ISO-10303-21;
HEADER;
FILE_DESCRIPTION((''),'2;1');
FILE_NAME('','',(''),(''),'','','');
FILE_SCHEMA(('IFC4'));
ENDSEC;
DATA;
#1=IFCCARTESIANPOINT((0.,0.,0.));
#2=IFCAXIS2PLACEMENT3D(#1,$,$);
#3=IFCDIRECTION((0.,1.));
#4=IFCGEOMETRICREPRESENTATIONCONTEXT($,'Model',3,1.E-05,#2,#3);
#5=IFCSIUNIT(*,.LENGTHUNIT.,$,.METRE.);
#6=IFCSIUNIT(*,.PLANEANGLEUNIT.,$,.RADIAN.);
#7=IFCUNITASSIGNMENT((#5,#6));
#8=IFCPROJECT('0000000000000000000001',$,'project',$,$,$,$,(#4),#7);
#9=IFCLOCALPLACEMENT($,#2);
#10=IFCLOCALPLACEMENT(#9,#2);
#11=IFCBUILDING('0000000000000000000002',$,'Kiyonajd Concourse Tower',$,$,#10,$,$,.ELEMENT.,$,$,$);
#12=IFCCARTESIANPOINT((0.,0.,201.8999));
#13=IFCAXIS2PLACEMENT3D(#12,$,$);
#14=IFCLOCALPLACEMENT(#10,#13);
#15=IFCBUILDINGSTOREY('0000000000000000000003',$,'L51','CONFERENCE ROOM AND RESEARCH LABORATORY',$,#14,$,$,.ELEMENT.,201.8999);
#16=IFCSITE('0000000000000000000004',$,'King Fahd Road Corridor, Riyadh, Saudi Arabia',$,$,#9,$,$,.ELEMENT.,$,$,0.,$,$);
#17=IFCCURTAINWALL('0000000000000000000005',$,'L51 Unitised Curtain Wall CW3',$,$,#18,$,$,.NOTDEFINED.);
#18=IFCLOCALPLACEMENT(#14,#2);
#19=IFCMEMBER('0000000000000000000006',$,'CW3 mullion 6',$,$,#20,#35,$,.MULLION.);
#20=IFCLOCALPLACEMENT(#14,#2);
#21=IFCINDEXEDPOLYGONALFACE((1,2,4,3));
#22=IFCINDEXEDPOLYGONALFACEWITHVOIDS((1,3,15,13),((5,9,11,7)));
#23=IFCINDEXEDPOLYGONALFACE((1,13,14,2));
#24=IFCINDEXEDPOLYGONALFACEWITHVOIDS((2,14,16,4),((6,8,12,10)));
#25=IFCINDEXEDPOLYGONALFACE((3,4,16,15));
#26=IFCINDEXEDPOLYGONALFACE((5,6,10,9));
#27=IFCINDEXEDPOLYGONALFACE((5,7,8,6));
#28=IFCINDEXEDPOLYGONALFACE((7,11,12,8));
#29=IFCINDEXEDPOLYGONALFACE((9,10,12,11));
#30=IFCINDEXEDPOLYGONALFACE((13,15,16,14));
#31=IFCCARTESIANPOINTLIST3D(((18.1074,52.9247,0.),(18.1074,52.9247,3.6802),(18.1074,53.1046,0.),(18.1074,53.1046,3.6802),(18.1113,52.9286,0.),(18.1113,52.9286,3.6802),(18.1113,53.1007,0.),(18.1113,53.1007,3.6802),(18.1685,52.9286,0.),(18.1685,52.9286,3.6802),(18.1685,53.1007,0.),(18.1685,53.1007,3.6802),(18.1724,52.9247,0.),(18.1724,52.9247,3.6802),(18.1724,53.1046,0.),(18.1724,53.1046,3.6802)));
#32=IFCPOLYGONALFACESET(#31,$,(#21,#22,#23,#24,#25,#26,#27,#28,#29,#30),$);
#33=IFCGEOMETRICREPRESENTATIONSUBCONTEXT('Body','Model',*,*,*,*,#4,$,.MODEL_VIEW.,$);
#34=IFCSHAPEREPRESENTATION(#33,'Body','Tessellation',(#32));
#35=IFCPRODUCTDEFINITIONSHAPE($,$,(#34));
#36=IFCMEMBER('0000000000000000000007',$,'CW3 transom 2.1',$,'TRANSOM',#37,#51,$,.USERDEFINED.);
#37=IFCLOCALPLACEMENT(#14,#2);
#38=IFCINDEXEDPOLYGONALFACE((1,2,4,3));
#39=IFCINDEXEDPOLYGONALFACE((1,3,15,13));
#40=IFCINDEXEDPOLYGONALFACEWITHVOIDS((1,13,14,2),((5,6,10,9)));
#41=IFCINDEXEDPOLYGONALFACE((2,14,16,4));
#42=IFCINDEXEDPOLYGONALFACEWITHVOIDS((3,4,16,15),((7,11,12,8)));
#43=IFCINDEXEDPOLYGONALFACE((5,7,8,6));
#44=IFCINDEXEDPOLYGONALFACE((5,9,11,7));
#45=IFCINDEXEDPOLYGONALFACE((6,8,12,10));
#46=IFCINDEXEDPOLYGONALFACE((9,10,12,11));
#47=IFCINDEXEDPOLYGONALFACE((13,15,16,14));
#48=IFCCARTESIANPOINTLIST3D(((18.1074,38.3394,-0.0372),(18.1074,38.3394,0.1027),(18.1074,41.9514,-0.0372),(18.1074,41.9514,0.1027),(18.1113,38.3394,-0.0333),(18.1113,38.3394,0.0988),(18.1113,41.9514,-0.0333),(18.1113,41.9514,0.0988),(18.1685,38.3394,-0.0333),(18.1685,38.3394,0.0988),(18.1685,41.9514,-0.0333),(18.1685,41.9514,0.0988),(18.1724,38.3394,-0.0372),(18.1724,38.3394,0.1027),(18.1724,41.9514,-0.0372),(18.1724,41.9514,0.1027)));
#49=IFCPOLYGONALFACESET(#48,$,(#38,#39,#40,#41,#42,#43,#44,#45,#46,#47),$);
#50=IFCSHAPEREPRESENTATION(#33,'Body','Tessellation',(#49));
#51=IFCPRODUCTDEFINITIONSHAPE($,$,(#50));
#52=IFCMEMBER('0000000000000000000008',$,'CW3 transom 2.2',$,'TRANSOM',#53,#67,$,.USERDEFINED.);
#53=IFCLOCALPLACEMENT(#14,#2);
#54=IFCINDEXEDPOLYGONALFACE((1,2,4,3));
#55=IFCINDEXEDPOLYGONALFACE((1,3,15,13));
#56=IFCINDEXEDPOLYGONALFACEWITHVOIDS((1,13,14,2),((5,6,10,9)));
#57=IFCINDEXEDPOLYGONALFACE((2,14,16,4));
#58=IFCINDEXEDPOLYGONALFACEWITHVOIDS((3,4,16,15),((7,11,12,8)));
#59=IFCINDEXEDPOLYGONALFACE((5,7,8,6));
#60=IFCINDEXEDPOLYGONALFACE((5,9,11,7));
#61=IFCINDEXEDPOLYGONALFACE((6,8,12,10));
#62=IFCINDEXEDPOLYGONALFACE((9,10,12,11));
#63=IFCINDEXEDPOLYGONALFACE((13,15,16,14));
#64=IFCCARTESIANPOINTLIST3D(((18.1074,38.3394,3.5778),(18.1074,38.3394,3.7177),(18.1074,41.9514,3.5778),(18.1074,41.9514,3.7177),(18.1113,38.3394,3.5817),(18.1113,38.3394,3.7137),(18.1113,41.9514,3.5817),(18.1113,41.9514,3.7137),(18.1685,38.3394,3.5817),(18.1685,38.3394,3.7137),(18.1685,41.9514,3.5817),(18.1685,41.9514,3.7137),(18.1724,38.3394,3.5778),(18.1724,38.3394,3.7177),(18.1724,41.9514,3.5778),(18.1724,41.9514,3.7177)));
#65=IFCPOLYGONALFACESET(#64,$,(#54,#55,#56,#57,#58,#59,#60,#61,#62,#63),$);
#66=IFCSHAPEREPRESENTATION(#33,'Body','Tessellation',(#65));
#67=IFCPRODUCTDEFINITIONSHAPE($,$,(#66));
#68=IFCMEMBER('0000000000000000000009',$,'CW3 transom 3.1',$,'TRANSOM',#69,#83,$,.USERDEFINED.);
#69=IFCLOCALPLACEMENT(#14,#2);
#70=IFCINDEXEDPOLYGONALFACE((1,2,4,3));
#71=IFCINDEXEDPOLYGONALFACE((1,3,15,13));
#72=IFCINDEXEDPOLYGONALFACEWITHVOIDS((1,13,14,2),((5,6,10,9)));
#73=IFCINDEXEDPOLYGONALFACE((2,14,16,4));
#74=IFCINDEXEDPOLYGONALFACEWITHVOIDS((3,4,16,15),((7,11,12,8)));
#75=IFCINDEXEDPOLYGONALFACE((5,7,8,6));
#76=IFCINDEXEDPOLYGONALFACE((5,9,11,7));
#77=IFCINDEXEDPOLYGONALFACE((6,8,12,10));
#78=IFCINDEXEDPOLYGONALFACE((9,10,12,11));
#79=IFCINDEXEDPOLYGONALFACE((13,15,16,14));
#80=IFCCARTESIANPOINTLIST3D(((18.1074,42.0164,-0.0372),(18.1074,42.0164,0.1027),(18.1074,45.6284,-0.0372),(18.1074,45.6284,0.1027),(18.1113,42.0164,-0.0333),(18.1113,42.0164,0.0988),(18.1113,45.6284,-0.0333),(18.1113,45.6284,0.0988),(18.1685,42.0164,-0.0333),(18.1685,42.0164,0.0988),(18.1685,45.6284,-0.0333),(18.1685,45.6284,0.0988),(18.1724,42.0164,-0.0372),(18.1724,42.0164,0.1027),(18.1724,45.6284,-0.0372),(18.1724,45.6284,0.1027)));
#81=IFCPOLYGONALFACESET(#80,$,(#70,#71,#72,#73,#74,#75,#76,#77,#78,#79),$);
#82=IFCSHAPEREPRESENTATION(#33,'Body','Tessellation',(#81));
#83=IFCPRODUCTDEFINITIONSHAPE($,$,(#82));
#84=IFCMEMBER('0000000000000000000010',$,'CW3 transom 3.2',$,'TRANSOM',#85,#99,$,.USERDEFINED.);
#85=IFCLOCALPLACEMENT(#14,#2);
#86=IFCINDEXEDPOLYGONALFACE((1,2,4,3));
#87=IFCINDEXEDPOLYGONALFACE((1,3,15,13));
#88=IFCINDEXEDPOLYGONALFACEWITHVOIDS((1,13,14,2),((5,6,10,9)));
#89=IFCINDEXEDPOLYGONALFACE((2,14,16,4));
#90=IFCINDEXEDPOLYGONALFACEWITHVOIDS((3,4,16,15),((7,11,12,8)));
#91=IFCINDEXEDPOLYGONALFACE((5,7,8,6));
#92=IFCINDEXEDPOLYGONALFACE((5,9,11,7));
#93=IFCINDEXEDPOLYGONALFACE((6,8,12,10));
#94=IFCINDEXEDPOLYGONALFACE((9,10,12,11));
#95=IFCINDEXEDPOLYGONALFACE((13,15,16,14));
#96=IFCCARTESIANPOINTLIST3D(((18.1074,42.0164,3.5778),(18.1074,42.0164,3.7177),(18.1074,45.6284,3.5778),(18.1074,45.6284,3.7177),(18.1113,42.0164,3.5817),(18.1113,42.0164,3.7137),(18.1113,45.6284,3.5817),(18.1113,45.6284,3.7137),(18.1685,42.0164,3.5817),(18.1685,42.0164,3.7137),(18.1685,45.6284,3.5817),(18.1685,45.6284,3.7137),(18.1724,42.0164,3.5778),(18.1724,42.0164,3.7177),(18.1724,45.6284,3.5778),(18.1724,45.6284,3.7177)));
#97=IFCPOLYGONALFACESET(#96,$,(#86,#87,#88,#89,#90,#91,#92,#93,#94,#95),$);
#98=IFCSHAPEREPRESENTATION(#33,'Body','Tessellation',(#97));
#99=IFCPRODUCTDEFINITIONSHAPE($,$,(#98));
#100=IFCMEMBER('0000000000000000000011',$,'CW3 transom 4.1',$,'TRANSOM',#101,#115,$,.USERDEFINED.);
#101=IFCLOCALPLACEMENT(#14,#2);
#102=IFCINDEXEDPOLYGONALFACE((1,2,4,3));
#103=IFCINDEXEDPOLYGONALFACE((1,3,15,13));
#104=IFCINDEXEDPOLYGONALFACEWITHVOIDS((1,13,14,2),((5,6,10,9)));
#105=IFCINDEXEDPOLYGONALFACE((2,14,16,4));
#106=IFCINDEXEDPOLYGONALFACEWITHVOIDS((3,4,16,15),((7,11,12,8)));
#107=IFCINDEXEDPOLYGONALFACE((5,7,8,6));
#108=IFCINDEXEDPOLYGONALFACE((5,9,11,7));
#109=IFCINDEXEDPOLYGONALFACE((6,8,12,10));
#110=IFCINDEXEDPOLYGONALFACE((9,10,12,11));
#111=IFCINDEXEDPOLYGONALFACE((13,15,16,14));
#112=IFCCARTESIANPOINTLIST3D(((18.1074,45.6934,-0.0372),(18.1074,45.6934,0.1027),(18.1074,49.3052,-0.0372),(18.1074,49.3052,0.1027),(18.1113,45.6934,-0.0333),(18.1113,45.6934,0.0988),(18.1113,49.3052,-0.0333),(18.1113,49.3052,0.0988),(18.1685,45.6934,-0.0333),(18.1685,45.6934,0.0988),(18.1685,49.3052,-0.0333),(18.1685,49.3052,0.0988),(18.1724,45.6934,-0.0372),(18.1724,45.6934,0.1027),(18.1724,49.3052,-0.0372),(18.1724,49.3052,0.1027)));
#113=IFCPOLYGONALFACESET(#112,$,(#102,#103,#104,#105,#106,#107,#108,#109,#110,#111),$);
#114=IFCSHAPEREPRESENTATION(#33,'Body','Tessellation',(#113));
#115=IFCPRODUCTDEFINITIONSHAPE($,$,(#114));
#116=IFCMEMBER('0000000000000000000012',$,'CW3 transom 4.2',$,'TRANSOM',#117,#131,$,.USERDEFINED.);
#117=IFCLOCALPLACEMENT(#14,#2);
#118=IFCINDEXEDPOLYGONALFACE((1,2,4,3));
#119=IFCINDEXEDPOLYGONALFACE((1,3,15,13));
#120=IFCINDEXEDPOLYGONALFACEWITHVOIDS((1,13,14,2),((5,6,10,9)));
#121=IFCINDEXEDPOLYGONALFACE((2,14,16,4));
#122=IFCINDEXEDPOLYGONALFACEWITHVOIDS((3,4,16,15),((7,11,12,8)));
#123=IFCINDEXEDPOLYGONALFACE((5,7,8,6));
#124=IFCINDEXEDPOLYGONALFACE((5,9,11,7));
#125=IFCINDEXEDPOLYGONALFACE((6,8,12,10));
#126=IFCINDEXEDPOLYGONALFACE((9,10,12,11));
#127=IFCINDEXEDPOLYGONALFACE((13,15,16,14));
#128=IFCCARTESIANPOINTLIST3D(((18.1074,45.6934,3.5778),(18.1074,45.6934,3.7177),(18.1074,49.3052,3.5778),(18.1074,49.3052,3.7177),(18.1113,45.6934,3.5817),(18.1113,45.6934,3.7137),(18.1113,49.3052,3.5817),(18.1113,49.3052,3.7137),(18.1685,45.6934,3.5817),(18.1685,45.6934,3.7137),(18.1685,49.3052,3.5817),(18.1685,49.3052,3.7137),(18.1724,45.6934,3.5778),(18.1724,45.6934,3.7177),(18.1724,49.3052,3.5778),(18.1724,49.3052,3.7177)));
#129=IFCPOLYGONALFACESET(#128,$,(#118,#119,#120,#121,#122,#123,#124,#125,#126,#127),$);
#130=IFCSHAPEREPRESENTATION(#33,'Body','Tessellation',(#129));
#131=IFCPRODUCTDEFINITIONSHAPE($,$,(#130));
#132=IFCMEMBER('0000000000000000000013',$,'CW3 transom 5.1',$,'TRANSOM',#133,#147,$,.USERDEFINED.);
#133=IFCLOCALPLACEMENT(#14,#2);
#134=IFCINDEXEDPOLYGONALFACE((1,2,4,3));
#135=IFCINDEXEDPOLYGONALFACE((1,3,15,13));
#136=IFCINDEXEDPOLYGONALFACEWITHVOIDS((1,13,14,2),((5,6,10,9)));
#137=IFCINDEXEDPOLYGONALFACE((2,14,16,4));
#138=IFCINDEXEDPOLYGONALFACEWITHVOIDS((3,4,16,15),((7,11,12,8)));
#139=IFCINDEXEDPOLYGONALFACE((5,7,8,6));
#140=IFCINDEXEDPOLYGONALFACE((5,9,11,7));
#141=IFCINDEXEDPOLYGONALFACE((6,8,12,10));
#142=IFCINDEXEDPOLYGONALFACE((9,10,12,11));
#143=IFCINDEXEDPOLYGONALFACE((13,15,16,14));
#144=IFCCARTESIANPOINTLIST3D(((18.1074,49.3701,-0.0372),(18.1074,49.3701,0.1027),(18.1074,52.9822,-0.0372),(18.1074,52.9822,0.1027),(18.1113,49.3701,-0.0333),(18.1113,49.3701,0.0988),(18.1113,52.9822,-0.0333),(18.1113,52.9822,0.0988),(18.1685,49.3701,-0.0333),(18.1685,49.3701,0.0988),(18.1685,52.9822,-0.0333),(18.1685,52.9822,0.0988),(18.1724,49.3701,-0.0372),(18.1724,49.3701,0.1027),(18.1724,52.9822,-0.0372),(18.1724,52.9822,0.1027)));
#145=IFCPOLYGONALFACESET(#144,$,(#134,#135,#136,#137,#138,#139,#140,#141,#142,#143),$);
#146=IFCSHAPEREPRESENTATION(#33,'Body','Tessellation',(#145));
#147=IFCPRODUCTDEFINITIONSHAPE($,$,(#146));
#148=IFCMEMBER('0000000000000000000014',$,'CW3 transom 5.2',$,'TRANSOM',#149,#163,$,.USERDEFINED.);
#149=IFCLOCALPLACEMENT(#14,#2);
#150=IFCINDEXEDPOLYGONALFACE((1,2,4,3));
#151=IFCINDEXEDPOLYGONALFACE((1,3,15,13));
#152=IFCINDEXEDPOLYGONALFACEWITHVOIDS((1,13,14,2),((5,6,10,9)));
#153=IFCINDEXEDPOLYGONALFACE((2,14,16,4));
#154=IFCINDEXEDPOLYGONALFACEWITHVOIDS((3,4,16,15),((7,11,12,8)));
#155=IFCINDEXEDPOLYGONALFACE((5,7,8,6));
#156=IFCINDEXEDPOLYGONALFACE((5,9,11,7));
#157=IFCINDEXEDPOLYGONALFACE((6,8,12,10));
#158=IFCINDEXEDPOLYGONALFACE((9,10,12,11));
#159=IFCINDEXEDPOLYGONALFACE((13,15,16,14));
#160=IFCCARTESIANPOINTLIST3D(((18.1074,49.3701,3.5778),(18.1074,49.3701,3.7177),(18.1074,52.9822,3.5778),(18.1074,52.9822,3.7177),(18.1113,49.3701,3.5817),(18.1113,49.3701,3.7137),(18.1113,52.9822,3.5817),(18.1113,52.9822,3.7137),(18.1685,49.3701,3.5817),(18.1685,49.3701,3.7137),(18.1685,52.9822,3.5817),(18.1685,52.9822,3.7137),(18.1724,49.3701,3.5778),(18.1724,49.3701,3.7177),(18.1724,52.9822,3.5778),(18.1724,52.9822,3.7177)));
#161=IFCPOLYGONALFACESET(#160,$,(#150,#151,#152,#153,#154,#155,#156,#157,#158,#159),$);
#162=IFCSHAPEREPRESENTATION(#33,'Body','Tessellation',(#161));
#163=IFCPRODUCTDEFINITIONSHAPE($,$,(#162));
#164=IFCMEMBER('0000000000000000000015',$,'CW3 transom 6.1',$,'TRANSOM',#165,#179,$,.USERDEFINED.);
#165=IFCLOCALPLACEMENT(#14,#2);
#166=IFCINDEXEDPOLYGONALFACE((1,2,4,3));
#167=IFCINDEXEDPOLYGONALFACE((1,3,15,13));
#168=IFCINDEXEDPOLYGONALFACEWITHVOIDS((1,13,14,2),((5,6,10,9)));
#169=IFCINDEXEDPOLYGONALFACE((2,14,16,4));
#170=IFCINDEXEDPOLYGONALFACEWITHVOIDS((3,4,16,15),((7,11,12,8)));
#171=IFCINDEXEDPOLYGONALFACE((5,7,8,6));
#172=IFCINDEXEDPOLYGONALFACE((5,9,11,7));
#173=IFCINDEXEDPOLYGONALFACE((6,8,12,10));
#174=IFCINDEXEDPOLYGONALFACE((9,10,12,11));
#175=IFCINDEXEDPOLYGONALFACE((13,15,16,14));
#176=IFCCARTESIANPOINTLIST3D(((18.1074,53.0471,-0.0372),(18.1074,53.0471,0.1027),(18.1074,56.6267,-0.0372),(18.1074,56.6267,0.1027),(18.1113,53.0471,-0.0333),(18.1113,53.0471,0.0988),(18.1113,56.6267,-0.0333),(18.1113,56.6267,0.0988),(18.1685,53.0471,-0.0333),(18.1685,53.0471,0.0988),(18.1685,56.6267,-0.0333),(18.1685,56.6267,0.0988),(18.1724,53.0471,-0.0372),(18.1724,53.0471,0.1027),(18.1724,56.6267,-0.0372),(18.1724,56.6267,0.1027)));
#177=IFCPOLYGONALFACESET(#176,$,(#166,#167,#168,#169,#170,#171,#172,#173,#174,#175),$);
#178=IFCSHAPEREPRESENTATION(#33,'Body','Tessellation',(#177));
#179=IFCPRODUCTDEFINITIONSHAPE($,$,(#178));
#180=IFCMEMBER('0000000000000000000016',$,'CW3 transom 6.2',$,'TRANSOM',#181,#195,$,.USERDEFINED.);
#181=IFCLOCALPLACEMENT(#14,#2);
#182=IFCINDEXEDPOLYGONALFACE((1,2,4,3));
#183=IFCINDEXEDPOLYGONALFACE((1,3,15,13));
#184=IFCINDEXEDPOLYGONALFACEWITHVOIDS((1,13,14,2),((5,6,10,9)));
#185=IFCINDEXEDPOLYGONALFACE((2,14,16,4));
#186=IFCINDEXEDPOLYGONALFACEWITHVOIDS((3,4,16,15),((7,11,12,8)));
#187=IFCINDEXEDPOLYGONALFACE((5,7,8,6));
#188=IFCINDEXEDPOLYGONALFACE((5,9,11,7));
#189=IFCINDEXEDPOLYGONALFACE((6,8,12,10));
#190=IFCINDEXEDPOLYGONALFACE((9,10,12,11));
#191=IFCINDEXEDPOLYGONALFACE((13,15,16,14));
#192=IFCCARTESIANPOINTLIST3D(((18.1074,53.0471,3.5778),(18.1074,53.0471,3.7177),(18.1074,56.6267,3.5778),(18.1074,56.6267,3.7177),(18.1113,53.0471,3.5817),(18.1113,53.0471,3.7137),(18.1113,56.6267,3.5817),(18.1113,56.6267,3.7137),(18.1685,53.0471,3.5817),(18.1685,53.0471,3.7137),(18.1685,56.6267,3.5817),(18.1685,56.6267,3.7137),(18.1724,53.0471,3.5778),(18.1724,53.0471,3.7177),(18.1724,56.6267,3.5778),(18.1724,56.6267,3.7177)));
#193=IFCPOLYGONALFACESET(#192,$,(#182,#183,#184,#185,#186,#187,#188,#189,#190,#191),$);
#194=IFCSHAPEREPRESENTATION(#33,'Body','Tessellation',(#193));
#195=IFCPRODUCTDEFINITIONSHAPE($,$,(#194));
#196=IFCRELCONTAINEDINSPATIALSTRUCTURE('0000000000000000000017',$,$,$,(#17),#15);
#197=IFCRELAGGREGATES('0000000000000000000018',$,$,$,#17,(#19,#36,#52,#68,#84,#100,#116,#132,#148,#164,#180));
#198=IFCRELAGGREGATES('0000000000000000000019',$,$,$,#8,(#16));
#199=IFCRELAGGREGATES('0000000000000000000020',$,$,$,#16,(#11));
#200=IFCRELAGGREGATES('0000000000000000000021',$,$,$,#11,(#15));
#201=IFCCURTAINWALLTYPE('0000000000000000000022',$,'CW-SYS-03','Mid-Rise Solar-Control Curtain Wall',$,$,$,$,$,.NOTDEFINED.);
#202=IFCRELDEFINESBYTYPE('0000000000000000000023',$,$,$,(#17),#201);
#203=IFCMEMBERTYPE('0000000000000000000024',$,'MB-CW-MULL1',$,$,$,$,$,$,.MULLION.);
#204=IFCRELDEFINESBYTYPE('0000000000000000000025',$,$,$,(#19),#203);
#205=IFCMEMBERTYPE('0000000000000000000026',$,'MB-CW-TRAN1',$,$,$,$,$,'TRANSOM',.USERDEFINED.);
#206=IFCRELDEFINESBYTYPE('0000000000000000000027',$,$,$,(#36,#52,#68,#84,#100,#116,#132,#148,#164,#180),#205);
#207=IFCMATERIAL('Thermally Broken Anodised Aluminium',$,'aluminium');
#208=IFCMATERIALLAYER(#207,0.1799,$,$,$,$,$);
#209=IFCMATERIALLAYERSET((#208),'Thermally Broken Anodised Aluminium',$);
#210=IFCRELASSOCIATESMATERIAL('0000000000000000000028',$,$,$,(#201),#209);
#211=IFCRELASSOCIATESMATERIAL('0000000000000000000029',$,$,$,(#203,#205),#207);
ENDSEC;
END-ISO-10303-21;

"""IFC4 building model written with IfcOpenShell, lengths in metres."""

from ifc_helpers import new_model, si_unit, direction, frame, origin, origin_2d, place, context, subcontext, project, spatial, hollow_rectangle, extrude, material, layer, layer_set, material_profile, profile_set, type_object, element, aggregate, save


model = new_model("IFC4")

# Units and contexts
model_context = context("Model", 3, precision=1e-05, world=origin(), true_north=direction((0.0, 1.0)))
body_context = subcontext(model_context, "Body", "Model", "MODEL_VIEW")
ifc_project = project(units=[si_unit("LENGTHUNIT", "METRE"), si_unit("PLANEANGLEUNIT", "RADIAN")], contexts=[model_context])

# Site, building, storey
site_placement = place(None, origin())
site = spatial("IfcSite", under=ifc_project, at=site_placement, Name="King Fahd Road Corridor, Riyadh, Saudi Arabia", CompositionType="ELEMENT", RefElevation=0.0)
building_placement = place(site_placement, origin())
building = spatial("IfcBuilding", under=site, at=building_placement, Name="Kiyonajd Concourse Tower", CompositionType="ELEMENT")
storey_placement = place(building_placement, frame((0.0, 0.0, 201.8999)))
storey = spatial("IfcBuildingStorey", under=building, at=storey_placement, Name="L51", Description="CONFERENCE ROOM AND RESEARCH LABORATORY", CompositionType="ELEMENT", Elevation=201.8999)

# Curtain wall, members
ifc_material_1 = material(Name="Thermally Broken Anodised Aluminium", Category="aluminium")
ifc_layer_1 = layer(ifc_material_1, 0.1799)
ifc_layer_set_1 = layer_set([ifc_layer_1], Name="Thermally Broken Anodised Aluminium")
curtain_wall_type = type_object("IfcCurtainWallType", Name="CW-SYS-03", Description="Mid-Rise Solar-Control Curtain Wall", PredefinedType="NOTDEFINED", material=ifc_layer_set_1)
curtain_wall_placement = place(storey_placement, origin())
curtain_wall = element("IfcCurtainWall", 1, at=curtain_wall_placement, inside=storey, type_object=curtain_wall_type, Name="L51 Unitised Curtain Wall CW3", PredefinedType="NOTDEFINED")
ifc_material_profile_1 = material_profile(ifc_material_1, hollow_rectangle(XDim=0.0649, YDim=0.1799, WallThickness=0.0039, at=origin_2d()), Name="MULL-65x180")
ifc_profile_set_1 = profile_set([ifc_material_profile_1], Name="Thermally Broken Anodised Aluminium")
member_type_1 = type_object("IfcMemberType", Name="MB-CW-MULL1", PredefinedType="MULLION", material=ifc_profile_set_1)
member_1_placement = place(storey_placement, frame((18.1399, 53.0146, 0.0), z_axis=(0.0, 0.0, 1.0), x_axis=(-1.0, 0.0, 0.0)))
member_1 = element("IfcMember", 2, at=member_1_placement, type_object=member_type_1, Name="CW3 mullion 6", PredefinedType="MULLION", context=body_context, shape_type="SweptSolid", body=[
    extrude(hollow_rectangle(XDim=0.0649, YDim=0.1799, WallThickness=0.0039, at=origin_2d()), origin(), (0.0, 0.0, 1.0), 3.6802),
])
ifc_material_profile_2 = material_profile(ifc_material_1, hollow_rectangle(XDim=0.0649, YDim=0.1399, WallThickness=0.0039, at=origin_2d()), Name="TRAN-65x140")
ifc_profile_set_2 = profile_set([ifc_material_profile_2], Name="Thermally Broken Anodised Aluminium")
member_type_2 = type_object("IfcMemberType", Name="MB-CW-TRAN1", ElementType="TRANSOM", PredefinedType="USERDEFINED", material=ifc_profile_set_2)
member_2_placement = place(storey_placement, frame((18.1399, 38.3394, 0.0327), z_axis=(0.0, 1.0, 0.0), x_axis=(-1.0, 0.0, 0.0)))
member_2 = element("IfcMember", 3, at=member_2_placement, type_object=member_type_2, Name="CW3 transom 2.1", ObjectType="TRANSOM", PredefinedType="USERDEFINED", context=body_context, shape_type="SweptSolid", body=[
    extrude(hollow_rectangle(XDim=0.0649, YDim=0.1399, WallThickness=0.0039, at=origin_2d()), origin(), (0.0, 0.0, 1.0), 3.6121),
])
member_3_placement = place(storey_placement, frame((18.1399, 38.3394, 3.6477), z_axis=(0.0, 1.0, 0.0), x_axis=(-1.0, 0.0, 0.0)))
member_3 = element("IfcMember", 4, at=member_3_placement, type_object=member_type_2, Name="CW3 transom 2.2", ObjectType="TRANSOM", PredefinedType="USERDEFINED", context=body_context, shape_type="SweptSolid", body=[
    extrude(hollow_rectangle(XDim=0.0649, YDim=0.1399, WallThickness=0.0039, at=origin_2d()), origin(), (0.0, 0.0, 1.0), 3.6121),
])
member_4_placement = place(storey_placement, frame((18.1399, 42.0164, 0.0327), z_axis=(0.0, 1.0, 0.0), x_axis=(-1.0, 0.0, 0.0)))
member_4 = element("IfcMember", 5, at=member_4_placement, type_object=member_type_2, Name="CW3 transom 3.1", ObjectType="TRANSOM", PredefinedType="USERDEFINED", context=body_context, shape_type="SweptSolid", body=[
    extrude(hollow_rectangle(XDim=0.0649, YDim=0.1399, WallThickness=0.0039, at=origin_2d()), origin(), (0.0, 0.0, 1.0), 3.6121),
])
member_5_placement = place(storey_placement, frame((18.1399, 42.0164, 3.6477), z_axis=(0.0, 1.0, 0.0), x_axis=(-1.0, 0.0, 0.0)))
member_5 = element("IfcMember", 6, at=member_5_placement, type_object=member_type_2, Name="CW3 transom 3.2", ObjectType="TRANSOM", PredefinedType="USERDEFINED", context=body_context, shape_type="SweptSolid", body=[
    extrude(hollow_rectangle(XDim=0.0649, YDim=0.1399, WallThickness=0.0039, at=origin_2d()), origin(), (0.0, 0.0, 1.0), 3.6121),
])
member_6_placement = place(storey_placement, frame((18.1399, 45.6934, 0.0327), z_axis=(0.0, 1.0, 0.0), x_axis=(-1.0, 0.0, 0.0)))
member_6 = element("IfcMember", 7, at=member_6_placement, type_object=member_type_2, Name="CW3 transom 4.1", ObjectType="TRANSOM", PredefinedType="USERDEFINED", context=body_context, shape_type="SweptSolid", body=[
    extrude(hollow_rectangle(XDim=0.0649, YDim=0.1399, WallThickness=0.0039, at=origin_2d()), origin(), (0.0, 0.0, 1.0), 3.6118),
])
member_7_placement = place(storey_placement, frame((18.1399, 45.6934, 3.6477), z_axis=(0.0, 1.0, 0.0), x_axis=(-1.0, 0.0, 0.0)))
member_7 = element("IfcMember", 8, at=member_7_placement, type_object=member_type_2, Name="CW3 transom 4.2", ObjectType="TRANSOM", PredefinedType="USERDEFINED", context=body_context, shape_type="SweptSolid", body=[
    extrude(hollow_rectangle(XDim=0.0649, YDim=0.1399, WallThickness=0.0039, at=origin_2d()), origin(), (0.0, 0.0, 1.0), 3.6118),
])
member_8_placement = place(storey_placement, frame((18.1399, 49.3701, 0.0327), z_axis=(0.0, 1.0, 0.0), x_axis=(-1.0, 0.0, 0.0)))
member_8 = element("IfcMember", 9, at=member_8_placement, type_object=member_type_2, Name="CW3 transom 5.1", ObjectType="TRANSOM", PredefinedType="USERDEFINED", context=body_context, shape_type="SweptSolid", body=[
    extrude(hollow_rectangle(XDim=0.0649, YDim=0.1399, WallThickness=0.0039, at=origin_2d()), origin(), (0.0, 0.0, 1.0), 3.6121),
])
member_9_placement = place(storey_placement, frame((18.1399, 49.3701, 3.6477), z_axis=(0.0, 1.0, 0.0), x_axis=(-1.0, 0.0, 0.0)))
member_9 = element("IfcMember", 10, at=member_9_placement, type_object=member_type_2, Name="CW3 transom 5.2", ObjectType="TRANSOM", PredefinedType="USERDEFINED", context=body_context, shape_type="SweptSolid", body=[
    extrude(hollow_rectangle(XDim=0.0649, YDim=0.1399, WallThickness=0.0039, at=origin_2d()), origin(), (0.0, 0.0, 1.0), 3.6121),
])
member_10_placement = place(storey_placement, frame((18.1399, 53.0471, 0.0327), z_axis=(0.0, 1.0, 0.0), x_axis=(-1.0, 0.0, 0.0)))
member_10 = element("IfcMember", 11, at=member_10_placement, type_object=member_type_2, Name="CW3 transom 6.1", ObjectType="TRANSOM", PredefinedType="USERDEFINED", context=body_context, shape_type="SweptSolid", body=[
    extrude(hollow_rectangle(XDim=0.0649, YDim=0.1399, WallThickness=0.0039, at=origin_2d()), origin(), (0.0, 0.0, 1.0), 3.5796),
])
member_11_placement = place(storey_placement, frame((18.1399, 53.0471, 3.6477), z_axis=(0.0, 1.0, 0.0), x_axis=(-1.0, 0.0, 0.0)))
member_11 = element("IfcMember", 12, at=member_11_placement, type_object=member_type_2, Name="CW3 transom 6.2", ObjectType="TRANSOM", PredefinedType="USERDEFINED", context=body_context, shape_type="SweptSolid", body=[
    extrude(hollow_rectangle(XDim=0.0649, YDim=0.1399, WallThickness=0.0039, at=origin_2d()), origin(), (0.0, 0.0, 1.0), 3.5796),
])
aggregate(curtain_wall, [member_1, member_2, member_3, member_4, member_5, member_6, member_7, member_8, member_9, member_10, member_11])

save(model, "model.ifc")
